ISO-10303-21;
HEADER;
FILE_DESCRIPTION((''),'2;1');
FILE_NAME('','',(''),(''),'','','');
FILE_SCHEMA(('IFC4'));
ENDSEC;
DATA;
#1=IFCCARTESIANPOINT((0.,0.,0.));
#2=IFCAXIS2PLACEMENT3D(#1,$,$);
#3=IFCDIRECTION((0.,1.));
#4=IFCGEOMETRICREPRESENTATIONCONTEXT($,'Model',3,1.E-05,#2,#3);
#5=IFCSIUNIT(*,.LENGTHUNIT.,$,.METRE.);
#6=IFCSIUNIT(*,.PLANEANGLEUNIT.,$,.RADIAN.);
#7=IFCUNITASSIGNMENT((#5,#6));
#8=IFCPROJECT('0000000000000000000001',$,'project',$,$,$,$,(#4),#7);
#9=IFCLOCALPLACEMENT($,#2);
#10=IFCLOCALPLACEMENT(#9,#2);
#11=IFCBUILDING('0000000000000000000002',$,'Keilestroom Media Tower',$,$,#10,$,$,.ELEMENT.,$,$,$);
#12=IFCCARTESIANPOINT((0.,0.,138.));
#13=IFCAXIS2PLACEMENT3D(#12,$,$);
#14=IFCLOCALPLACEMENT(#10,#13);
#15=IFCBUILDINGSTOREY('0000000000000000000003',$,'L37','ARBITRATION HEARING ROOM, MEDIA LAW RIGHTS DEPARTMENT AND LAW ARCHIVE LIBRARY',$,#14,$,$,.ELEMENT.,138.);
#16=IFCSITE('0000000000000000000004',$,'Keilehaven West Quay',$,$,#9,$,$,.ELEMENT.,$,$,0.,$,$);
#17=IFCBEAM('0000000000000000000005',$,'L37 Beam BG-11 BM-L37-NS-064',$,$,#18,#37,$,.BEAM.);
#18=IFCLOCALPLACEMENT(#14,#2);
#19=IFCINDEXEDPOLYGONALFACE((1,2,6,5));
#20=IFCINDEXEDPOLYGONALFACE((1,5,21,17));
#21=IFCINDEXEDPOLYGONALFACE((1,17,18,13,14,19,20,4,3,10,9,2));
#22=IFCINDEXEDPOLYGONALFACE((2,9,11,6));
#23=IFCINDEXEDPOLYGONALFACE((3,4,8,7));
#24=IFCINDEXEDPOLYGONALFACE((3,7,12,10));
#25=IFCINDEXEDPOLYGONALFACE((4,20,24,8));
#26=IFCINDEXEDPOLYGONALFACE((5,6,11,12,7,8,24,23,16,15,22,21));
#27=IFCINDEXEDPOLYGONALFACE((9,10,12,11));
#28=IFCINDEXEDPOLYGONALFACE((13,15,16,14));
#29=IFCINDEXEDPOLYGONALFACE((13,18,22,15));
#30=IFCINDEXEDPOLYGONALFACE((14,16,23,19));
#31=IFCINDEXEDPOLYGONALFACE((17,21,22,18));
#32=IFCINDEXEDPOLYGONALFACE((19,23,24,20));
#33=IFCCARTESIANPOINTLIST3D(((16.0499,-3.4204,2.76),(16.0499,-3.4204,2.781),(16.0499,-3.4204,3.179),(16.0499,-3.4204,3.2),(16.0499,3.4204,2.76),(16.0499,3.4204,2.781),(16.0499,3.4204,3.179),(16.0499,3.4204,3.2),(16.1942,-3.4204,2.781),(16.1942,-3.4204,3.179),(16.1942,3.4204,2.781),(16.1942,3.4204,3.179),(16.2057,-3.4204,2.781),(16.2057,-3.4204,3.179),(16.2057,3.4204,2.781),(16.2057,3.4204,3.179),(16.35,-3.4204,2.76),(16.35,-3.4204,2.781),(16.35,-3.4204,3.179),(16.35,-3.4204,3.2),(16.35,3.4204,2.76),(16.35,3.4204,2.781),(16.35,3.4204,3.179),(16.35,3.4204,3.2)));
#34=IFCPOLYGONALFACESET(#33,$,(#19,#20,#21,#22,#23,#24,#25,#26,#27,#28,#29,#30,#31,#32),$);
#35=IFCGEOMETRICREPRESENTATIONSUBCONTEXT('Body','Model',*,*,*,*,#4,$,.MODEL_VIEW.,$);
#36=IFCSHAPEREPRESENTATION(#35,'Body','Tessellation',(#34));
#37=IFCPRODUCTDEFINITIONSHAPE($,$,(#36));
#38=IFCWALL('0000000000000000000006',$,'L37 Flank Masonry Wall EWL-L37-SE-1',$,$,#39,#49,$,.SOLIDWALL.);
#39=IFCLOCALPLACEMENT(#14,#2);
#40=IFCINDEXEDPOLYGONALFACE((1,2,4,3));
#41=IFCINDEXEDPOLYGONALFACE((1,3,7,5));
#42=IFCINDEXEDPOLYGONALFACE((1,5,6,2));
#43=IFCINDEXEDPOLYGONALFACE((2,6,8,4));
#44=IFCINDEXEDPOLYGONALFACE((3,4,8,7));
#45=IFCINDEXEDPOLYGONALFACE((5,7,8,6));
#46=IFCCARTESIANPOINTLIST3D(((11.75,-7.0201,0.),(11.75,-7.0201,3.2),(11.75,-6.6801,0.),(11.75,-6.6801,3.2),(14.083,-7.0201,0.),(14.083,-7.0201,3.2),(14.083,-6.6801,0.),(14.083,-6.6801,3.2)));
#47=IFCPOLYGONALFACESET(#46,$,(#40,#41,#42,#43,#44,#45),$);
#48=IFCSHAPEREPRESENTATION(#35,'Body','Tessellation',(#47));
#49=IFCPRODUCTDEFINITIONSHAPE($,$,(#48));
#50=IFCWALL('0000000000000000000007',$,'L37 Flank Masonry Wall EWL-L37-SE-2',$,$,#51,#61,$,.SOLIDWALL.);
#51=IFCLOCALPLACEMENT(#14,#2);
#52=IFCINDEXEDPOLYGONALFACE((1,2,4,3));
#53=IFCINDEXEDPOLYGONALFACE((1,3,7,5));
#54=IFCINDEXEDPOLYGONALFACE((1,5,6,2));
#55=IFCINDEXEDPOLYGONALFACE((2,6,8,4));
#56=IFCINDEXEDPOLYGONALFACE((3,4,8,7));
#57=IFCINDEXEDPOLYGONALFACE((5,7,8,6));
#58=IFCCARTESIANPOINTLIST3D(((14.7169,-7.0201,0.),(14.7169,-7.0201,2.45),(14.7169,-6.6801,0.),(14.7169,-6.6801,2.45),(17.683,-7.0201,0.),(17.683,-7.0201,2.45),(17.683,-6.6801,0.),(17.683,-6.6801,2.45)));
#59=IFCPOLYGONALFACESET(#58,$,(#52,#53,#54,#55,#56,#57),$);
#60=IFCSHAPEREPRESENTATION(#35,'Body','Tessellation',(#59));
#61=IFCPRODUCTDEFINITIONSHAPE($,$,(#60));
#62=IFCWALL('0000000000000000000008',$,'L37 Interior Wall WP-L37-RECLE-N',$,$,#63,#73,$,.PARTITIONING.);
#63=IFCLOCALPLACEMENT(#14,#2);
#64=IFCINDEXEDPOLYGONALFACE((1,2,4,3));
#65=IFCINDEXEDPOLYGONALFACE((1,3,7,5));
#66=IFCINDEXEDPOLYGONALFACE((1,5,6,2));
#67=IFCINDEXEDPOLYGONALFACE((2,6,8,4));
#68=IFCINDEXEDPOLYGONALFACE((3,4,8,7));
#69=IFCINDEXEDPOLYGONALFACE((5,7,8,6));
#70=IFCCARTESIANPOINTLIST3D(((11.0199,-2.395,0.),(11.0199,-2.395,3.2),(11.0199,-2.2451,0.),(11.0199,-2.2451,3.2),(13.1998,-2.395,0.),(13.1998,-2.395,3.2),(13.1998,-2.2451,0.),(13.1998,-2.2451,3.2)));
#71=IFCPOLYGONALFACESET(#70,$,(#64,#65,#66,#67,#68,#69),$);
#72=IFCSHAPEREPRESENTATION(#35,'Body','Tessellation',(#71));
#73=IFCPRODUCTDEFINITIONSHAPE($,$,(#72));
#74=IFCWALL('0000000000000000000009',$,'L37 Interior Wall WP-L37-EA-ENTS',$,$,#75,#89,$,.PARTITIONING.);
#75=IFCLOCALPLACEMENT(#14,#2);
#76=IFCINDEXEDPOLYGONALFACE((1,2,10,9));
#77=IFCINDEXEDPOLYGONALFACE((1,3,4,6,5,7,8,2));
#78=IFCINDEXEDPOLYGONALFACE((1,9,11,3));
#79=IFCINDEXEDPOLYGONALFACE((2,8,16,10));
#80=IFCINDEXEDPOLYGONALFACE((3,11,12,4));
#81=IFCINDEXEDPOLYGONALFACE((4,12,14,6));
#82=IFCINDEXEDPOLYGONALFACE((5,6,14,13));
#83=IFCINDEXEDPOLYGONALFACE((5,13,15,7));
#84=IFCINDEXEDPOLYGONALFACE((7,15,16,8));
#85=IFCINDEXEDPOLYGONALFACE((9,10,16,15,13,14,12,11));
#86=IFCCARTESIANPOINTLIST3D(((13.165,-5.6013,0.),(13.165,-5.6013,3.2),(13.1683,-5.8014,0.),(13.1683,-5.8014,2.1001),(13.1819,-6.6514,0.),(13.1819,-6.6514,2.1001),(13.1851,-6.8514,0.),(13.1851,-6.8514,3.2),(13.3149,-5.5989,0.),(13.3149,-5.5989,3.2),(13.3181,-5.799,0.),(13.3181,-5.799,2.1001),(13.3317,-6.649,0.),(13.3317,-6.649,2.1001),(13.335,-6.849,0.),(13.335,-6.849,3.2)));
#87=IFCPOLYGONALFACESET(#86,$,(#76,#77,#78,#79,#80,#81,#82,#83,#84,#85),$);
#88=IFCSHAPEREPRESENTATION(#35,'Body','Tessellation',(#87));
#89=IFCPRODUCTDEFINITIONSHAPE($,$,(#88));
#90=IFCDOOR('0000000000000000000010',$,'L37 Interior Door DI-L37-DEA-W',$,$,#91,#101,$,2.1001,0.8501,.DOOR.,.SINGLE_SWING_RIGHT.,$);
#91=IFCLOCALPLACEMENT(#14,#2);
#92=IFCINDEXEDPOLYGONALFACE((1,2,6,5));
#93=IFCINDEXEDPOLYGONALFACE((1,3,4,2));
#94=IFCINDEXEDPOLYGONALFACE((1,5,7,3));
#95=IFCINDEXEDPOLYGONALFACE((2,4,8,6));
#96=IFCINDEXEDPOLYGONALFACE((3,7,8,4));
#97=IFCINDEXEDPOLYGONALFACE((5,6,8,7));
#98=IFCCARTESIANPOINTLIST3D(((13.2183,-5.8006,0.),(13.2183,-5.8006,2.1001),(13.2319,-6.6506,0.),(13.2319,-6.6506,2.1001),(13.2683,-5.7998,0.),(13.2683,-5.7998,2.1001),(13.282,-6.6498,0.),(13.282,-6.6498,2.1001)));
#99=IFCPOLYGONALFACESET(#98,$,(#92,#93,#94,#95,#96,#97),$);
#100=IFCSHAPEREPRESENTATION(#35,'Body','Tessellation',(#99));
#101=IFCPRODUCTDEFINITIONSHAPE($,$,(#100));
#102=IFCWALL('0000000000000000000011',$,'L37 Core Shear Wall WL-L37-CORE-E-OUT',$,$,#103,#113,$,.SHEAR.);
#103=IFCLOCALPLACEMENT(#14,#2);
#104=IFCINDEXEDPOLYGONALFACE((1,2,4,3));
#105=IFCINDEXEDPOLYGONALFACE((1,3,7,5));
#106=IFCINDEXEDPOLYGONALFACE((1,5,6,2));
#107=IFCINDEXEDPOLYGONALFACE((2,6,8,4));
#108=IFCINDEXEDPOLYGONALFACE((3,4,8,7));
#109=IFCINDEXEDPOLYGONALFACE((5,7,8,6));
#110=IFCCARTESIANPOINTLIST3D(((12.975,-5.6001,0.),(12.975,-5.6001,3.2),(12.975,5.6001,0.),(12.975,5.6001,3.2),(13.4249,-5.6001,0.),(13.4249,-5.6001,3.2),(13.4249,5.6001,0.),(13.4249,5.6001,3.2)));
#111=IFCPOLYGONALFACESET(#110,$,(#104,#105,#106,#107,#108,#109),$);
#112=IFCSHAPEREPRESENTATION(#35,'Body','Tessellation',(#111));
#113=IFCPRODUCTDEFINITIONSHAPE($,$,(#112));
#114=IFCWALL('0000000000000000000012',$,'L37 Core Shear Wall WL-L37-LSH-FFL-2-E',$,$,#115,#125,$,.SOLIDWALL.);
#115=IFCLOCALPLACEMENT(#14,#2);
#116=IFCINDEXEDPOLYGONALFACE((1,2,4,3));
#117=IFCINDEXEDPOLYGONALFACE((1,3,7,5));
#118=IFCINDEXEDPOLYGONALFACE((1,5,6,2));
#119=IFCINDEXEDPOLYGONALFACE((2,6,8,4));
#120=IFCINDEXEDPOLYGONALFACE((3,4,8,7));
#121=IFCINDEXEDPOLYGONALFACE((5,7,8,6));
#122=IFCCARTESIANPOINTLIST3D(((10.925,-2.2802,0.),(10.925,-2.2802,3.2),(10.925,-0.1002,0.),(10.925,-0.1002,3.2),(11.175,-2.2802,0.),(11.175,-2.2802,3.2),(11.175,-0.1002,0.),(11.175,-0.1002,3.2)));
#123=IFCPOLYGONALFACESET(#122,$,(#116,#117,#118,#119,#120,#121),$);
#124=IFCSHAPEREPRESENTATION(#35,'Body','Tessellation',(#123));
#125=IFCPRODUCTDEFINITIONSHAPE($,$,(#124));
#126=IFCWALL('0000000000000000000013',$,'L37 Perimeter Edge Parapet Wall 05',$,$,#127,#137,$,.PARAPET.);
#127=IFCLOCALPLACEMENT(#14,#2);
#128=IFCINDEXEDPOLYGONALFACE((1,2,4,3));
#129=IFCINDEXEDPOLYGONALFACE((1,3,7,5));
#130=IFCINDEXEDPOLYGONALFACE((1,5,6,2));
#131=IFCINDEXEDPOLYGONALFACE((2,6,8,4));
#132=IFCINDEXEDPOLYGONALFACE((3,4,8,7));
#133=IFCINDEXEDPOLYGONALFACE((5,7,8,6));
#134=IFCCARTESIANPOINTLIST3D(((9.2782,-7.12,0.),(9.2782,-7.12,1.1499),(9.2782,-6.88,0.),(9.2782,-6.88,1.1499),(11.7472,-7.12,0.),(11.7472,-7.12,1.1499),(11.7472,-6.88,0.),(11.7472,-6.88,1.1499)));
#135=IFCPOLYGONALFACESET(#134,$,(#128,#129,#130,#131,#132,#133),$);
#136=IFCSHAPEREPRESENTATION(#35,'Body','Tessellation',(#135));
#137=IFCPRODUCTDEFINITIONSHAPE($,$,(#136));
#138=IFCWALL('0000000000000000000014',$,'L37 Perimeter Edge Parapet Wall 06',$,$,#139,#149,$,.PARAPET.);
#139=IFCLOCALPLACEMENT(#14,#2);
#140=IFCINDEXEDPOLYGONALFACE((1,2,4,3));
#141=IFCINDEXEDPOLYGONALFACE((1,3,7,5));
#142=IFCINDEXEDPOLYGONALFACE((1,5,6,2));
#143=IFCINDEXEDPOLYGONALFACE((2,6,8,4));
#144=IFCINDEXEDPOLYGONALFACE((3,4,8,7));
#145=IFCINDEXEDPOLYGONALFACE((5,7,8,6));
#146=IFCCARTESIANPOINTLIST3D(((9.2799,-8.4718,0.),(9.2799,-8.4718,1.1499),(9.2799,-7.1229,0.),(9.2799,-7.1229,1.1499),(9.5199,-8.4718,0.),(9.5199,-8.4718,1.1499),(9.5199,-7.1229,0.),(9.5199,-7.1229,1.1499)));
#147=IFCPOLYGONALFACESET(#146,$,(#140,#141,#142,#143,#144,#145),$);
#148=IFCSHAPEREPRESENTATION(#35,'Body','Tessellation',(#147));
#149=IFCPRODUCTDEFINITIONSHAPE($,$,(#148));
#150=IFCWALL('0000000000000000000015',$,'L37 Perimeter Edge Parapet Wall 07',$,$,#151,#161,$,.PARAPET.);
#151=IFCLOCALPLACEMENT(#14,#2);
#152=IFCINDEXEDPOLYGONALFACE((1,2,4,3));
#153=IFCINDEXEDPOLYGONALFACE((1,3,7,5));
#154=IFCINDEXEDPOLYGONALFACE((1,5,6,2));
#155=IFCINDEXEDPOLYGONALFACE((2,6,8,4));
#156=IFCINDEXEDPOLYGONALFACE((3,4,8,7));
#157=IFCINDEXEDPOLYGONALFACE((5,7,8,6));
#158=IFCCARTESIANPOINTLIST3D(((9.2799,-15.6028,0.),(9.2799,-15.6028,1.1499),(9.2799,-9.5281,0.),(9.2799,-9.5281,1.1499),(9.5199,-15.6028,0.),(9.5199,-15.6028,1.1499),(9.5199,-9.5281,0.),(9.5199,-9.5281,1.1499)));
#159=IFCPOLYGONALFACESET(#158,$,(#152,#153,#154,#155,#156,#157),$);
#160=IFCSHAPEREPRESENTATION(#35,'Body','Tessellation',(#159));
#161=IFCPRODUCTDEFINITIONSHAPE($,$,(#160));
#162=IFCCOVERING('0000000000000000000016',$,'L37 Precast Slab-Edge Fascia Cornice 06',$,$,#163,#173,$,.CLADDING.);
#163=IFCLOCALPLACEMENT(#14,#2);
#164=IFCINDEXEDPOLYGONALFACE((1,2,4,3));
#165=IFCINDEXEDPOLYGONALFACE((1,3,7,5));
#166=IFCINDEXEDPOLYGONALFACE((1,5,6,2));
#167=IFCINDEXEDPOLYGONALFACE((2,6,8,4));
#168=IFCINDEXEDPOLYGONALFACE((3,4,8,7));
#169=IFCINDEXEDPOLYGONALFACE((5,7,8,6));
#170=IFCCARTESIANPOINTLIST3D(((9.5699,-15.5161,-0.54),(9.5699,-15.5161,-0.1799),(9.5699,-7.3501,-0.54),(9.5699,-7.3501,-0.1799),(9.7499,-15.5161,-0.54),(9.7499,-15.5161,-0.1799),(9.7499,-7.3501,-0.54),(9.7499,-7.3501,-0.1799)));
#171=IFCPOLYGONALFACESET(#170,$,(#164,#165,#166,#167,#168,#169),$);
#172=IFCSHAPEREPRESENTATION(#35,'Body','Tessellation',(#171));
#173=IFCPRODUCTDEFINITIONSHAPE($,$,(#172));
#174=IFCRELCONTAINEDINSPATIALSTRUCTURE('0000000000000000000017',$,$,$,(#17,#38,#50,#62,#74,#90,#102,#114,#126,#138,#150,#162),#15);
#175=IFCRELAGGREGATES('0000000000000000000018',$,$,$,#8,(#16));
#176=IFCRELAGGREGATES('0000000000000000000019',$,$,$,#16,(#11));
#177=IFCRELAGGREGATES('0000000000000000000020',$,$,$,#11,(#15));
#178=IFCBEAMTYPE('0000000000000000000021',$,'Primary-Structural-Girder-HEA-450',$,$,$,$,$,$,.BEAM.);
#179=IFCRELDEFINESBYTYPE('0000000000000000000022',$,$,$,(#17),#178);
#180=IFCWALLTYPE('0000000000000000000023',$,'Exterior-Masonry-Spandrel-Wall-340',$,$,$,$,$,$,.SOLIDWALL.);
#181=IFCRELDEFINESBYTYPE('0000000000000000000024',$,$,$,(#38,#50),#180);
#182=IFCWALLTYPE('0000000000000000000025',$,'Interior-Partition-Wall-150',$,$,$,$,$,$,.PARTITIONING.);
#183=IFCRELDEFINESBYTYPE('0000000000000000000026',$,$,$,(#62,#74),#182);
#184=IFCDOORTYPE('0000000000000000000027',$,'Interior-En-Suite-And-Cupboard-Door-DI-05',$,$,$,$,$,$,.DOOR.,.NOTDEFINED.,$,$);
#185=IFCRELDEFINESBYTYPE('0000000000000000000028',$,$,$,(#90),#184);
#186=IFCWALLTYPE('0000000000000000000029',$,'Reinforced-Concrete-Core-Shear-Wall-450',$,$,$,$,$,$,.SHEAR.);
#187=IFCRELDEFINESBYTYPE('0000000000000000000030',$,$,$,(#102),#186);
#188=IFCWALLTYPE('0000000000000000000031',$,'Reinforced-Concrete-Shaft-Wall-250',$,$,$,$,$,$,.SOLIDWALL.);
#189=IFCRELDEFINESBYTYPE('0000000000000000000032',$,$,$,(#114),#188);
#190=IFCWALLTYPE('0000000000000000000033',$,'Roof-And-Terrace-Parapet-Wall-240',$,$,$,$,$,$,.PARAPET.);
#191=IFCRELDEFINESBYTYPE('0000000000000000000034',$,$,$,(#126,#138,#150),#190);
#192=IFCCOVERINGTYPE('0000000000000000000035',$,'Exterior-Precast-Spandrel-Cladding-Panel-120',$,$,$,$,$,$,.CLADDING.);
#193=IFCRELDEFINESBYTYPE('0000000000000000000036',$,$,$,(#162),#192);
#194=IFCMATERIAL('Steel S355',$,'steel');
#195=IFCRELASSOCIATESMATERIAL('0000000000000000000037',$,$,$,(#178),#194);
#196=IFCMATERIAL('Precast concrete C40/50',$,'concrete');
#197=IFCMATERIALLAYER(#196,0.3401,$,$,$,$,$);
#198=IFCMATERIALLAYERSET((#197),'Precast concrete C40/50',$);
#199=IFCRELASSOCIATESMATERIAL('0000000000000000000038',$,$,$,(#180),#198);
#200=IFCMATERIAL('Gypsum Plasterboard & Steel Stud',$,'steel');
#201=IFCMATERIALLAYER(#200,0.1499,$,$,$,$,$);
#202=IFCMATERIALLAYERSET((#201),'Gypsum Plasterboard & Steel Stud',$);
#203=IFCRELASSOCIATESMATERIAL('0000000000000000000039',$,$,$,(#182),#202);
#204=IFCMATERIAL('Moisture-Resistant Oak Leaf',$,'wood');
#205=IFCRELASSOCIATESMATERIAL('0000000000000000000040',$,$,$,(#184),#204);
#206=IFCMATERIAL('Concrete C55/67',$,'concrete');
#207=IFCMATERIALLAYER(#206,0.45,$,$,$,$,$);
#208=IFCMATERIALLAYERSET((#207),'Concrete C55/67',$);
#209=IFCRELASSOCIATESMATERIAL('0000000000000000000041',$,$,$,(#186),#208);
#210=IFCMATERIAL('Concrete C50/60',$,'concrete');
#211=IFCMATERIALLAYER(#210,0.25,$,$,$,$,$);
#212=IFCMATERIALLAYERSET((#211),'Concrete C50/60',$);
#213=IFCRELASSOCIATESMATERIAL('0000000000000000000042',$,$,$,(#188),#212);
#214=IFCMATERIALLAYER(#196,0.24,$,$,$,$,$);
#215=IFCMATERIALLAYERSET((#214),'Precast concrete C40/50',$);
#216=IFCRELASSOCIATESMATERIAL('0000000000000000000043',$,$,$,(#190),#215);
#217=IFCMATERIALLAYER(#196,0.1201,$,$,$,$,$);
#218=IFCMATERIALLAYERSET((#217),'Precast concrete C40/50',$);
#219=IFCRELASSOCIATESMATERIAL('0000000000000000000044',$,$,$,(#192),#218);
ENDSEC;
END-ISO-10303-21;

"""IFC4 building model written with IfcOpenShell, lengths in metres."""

from ifc_helpers import new_model, si_unit, direction, frame, frame_2d, origin, origin_2d, place, context, subcontext, project, spatial, rectangle, i_section, extrude, source, transform, mapped, material, layer, layer_set, material_profile, profile_set, type_object, element, fill, save


model = new_model("IFC4")

# Units and contexts
model_context = context("Model", 3, precision=1e-05, world=origin(), true_north=direction((0.0, 1.0)))
body_context = subcontext(model_context, "Body", "Model", "MODEL_VIEW")
ifc_project = project(units=[si_unit("LENGTHUNIT", "METRE"), si_unit("PLANEANGLEUNIT", "RADIAN")], contexts=[model_context])

# Site, building, storey
site_placement = place(None, origin())
site = spatial("IfcSite", under=ifc_project, at=site_placement, Name="Keilehaven West Quay", CompositionType="ELEMENT", RefElevation=0.0)
building_placement = place(site_placement, origin())
building = spatial("IfcBuilding", under=site, at=building_placement, Name="Keilestroom Media Tower", CompositionType="ELEMENT")
storey_placement = place(building_placement, frame((0.0, 0.0, 138.0)))
storey = spatial("IfcBuildingStorey", under=building, at=storey_placement, Name="L37", Description="ARBITRATION HEARING ROOM, MEDIA LAW RIGHTS DEPARTMENT AND LAW ARCHIVE LIBRARY", CompositionType="ELEMENT", Elevation=138.0)

# Shared definitions
ifc_material_1 = material(Name="Precast concrete C40/50", Category="concrete")
ifc_material_2 = material(Name="Steel S355", Category="steel")
ifc_material_3 = material(Name="Concrete C55/67", Category="concrete")

# Beam
ifc_material_profile_1 = material_profile(ifc_material_2, i_section(OverallWidth=0.3, OverallDepth=0.4399, WebThickness=0.0115, FlangeThickness=0.021, at=origin_2d()), Name="HEA 450")
ifc_profile_set_1 = profile_set([ifc_material_profile_1], Name="Steel S355")
beam_type_1 = type_object("IfcBeamType", Name="Primary-Structural-Girder-HEA-450", PredefinedType="BEAM", material=ifc_profile_set_1)
shared_shape_1 = source(origin(), body_context, "Body", "SweptSolid", [
    extrude(i_section(OverallWidth=0.3, OverallDepth=0.4399, WebThickness=0.0115, FlangeThickness=0.021, at=origin_2d()), origin(), (0.0, 0.0, 1.0), 6.8408),
])
for number, where, z_axis, x_axis, name in (
    (1, (16.2, -3.4204, 2.98), (0.0, 1.0, 0.0), (-1.0, 0.0, 0.0), "L37 Beam BG-11 BM-L37-NS-064"),
):
    element("IfcBeam", number, at=place(storey_placement, frame(where, z_axis=z_axis, x_axis=x_axis)), inside=storey, type_object=beam_type_1, Name=name, PredefinedType="BEAM", context=body_context, shape_type="MappedRepresentation", body=[
        mapped(shared_shape_1, transform((0.0, 0.0, 0.0), x_axis=(1.0, 0.0, 0.0), y_axis=(0.0, 1.0, 0.0), z_axis=(0.0, 0.0, 1.0), scale=1.0)),
    ])

# Walls
ifc_layer_1 = layer(ifc_material_1, 0.3401)
ifc_layer_set_1 = layer_set([ifc_layer_1], Name="Precast concrete C40/50")
wall_type_1 = type_object("IfcWallType", Name="Exterior-Masonry-Spandrel-Wall-340", PredefinedType="SOLIDWALL", material=ifc_layer_set_1)
wall_1_placement = place(storey_placement, frame((11.75, -6.8501, 0.0), z_axis=(0.0, 0.0, 1.0), x_axis=(1.0, 0.0, 0.0)))
element("IfcWall", 2, at=wall_1_placement, inside=storey, type_object=wall_type_1, Name="L37 Flank Masonry Wall EWL-L37-SE-1", PredefinedType="SOLIDWALL", context=body_context, shape_type="SweptSolid", body=[
    extrude(rectangle(XDim=2.333, YDim=0.3401, at=frame_2d((1.1665, 0.0))), origin(), (0.0, 0.0, 1.0), 3.2),
])
wall_2_placement = place(storey_placement, frame((14.717, -6.8501, 0.0), z_axis=(0.0, 0.0, 1.0), x_axis=(1.0, 0.0, 0.0)))
element("IfcWall", 3, at=wall_2_placement, inside=storey, type_object=wall_type_1, Name="L37 Flank Masonry Wall EWL-L37-SE-2", PredefinedType="SOLIDWALL", context=body_context, shape_type="SweptSolid", body=[
    extrude(rectangle(XDim=2.9661, YDim=0.3401, at=frame_2d((1.4829, 0.0))), origin(), (0.0, 0.0, 1.0), 2.45),
])
ifc_material_4 = material(Name="Gypsum Plasterboard & Steel Stud", Category="steel")
ifc_layer_2 = layer(ifc_material_4, 0.1499)
ifc_layer_set_2 = layer_set([ifc_layer_2], Name="Gypsum Plasterboard & Steel Stud")
wall_type_2 = type_object("IfcWallType", Name="Interior-Partition-Wall-150", PredefinedType="PARTITIONING", material=ifc_layer_set_2)
wall_3_placement = place(storey_placement, frame((11.02, -2.3201, 0.0), z_axis=(0.0, 0.0, 1.0), x_axis=(1.0, 0.0, 0.0)))
element("IfcWall", 4, at=wall_3_placement, inside=storey, type_object=wall_type_2, Name="L37 Interior Wall WP-L37-RECLE-N", PredefinedType="PARTITIONING", context=body_context, shape_type="SweptSolid", body=[
    extrude(rectangle(XDim=2.1799, YDim=0.1499, at=frame_2d((1.0898, 0.0))), origin(), (0.0, 0.0, 1.0), 3.2),
])

# Wall, opening, door
wall_4_placement = place(storey_placement, frame((13.26, -6.8501, 0.0), z_axis=(0.0, 0.0, 1.0), x_axis=(-0.016014, 0.999872, 0.0)))
wall_4 = element("IfcWall", 5, at=wall_4_placement, inside=storey, type_object=wall_type_2, Name="L37 Interior Wall WP-L37-EA-ENTS", PredefinedType="PARTITIONING", context=body_context, shape_type="SweptSolid", body=[
    extrude(rectangle(XDim=1.2502, YDim=0.1499, at=frame_2d((0.625, 0.0))), origin(), (0.0, 0.0, 1.0), 3.2),
])
opening_placement = place(wall_4_placement, frame((0.2, 0.0, 0.0)))
opening = element("IfcOpeningElement", 6, at=opening_placement, cuts=wall_4, PredefinedType="OPENING", context=body_context, shape_type="SweptSolid", body=[
    extrude(rectangle(XDim=0.8501, YDim=2.1001, at=frame_2d((0.425, 1.05))), frame((0.0, 0.085, 0.0), z_axis=(0.0, -1.0, 0.0), x_axis=(1.0, 0.0, 0.0)), (0.0, 0.0, 1.0), 0.1699),
])
ifc_material_5 = material(Name="Moisture-Resistant Oak Leaf", Category="wood")
door_type = type_object("IfcDoorType", Name="Interior-En-Suite-And-Cupboard-Door-DI-05", OperationType="NOTDEFINED", PredefinedType="DOOR", material=ifc_material_5)
shared_shape_2 = source(origin(), body_context, "Body", "SweptSolid", [
    extrude(rectangle(XDim=0.8501, YDim=2.1001, at=frame_2d((0.425, 1.05))), frame((0.0, 0.0249, 0.0), z_axis=(0.0, -1.0, 0.0), x_axis=(1.0, 0.0, 0.0)), (0.0, 0.0, 1.0), 0.05),
])
door_placement = place(opening_placement, origin())
door = element("IfcDoor", 7, at=door_placement, inside=storey, type_object=door_type, Name="L37 Interior Door DI-L37-DEA-W", OperationType="SINGLE_SWING_RIGHT", OverallHeight=2.1001, OverallWidth=0.8501, PredefinedType="DOOR", context=body_context, shape_type="MappedRepresentation", body=[
    mapped(shared_shape_2, transform((0.0, 0.0, 0.0), x_axis=(1.0, 0.0, 0.0), y_axis=(0.0, 1.0, 0.0), z_axis=(0.0, 0.0, 1.0), scale=1.0)),
])
fill(opening, door)

# Walls
ifc_layer_3 = layer(ifc_material_3, 0.45)
ifc_layer_set_3 = layer_set([ifc_layer_3], Name="Concrete C55/67")
wall_type_3 = type_object("IfcWallType", Name="Reinforced-Concrete-Core-Shear-Wall-450", PredefinedType="SHEAR", material=ifc_layer_set_3)
wall_5_placement = place(storey_placement, frame((13.2, -5.6001, 0.0), z_axis=(0.0, 0.0, 1.0), x_axis=(0.0, 1.0, 0.0)))
element("IfcWall", 8, at=wall_5_placement, inside=storey, type_object=wall_type_3, Name="L37 Core Shear Wall WL-L37-CORE-E-OUT", PredefinedType="SHEAR", context=body_context, shape_type="SweptSolid", body=[
    extrude(rectangle(XDim=11.2002, YDim=0.45, at=frame_2d((5.6001, 0.0))), origin(), (0.0, 0.0, 1.0), 3.2),
])
ifc_material_6 = material(Name="Concrete C50/60", Category="concrete")
ifc_layer_4 = layer(ifc_material_6, 0.25)
ifc_layer_set_4 = layer_set([ifc_layer_4], Name="Concrete C50/60")
wall_type_4 = type_object("IfcWallType", Name="Reinforced-Concrete-Shaft-Wall-250", PredefinedType="SOLIDWALL", material=ifc_layer_set_4)
wall_6_placement = place(storey_placement, frame((11.05, -2.28, 0.0), z_axis=(0.0, 0.0, 1.0), x_axis=(0.0, 1.0, 0.0)))
element("IfcWall", 9, at=wall_6_placement, inside=storey, type_object=wall_type_4, Name="L37 Core Shear Wall WL-L37-LSH-FFL-2-E", PredefinedType="SOLIDWALL", context=body_context, shape_type="SweptSolid", body=[
    extrude(rectangle(XDim=2.1799, YDim=0.25, at=frame_2d((1.0898, 0.0))), origin(), (0.0, 0.0, 1.0), 3.2),
])
ifc_layer_5 = layer(ifc_material_1, 0.24)
ifc_layer_set_5 = layer_set([ifc_layer_5], Name="Precast concrete C40/50")
wall_type_5 = type_object("IfcWallType", Name="Roof-And-Terrace-Parapet-Wall-240", PredefinedType="PARAPET", material=ifc_layer_set_5)
wall_7_placement = place(storey_placement, frame((11.7471, -7.0, 0.0), z_axis=(0.0, 0.0, 1.0), x_axis=(-1.0, 0.0, 0.0)))
element("IfcWall", 10, at=wall_7_placement, inside=storey, type_object=wall_type_5, Name="L37 Perimeter Edge Parapet Wall 05", PredefinedType="PARAPET", context=body_context, shape_type="SweptSolid", body=[
    extrude(rectangle(XDim=2.469, YDim=0.24, at=frame_2d((1.2344, 0.0))), origin(), (0.0, 0.0, 1.0), 1.1499),
])
wall_8_placement = place(storey_placement, frame((9.3999, -7.123, 0.0), z_axis=(0.0, 0.0, 1.0), x_axis=(0.0, -1.0, 0.0)))
element("IfcWall", 11, at=wall_8_placement, inside=storey, type_object=wall_type_5, Name="L37 Perimeter Edge Parapet Wall 06", PredefinedType="PARAPET", context=body_context, shape_type="SweptSolid", body=[
    extrude(rectangle(XDim=1.3489, YDim=0.24, at=frame_2d((0.6743, 0.0))), origin(), (0.0, 0.0, 1.0), 1.1499),
])
wall_9_placement = place(storey_placement, frame((9.3999, -9.5281, 0.0), z_axis=(0.0, 0.0, 1.0), x_axis=(0.0, -1.0, 0.0)))
element("IfcWall", 12, at=wall_9_placement, inside=storey, type_object=wall_type_5, Name="L37 Perimeter Edge Parapet Wall 07", PredefinedType="PARAPET", context=body_context, shape_type="SweptSolid", body=[
    extrude(rectangle(XDim=6.0747, YDim=0.24, at=frame_2d((3.0374, 0.0))), origin(), (0.0, 0.0, 1.0), 1.1499),
])

# Covering
ifc_layer_6 = layer(ifc_material_1, 0.1201)
ifc_layer_set_6 = layer_set([ifc_layer_6], Name="Precast concrete C40/50")
covering_type = type_object("IfcCoveringType", Name="Exterior-Precast-Spandrel-Cladding-Panel-120", PredefinedType="CLADDING", material=ifc_layer_set_6)
shared_shape_3 = source(origin(), body_context, "Body", "SweptSolid", [
    extrude(rectangle(XDim=8.166, YDim=0.1799, at=origin_2d()), origin(), (0.0, 0.0, 1.0), 0.3601),
])
covering_1_placement = place(storey_placement, frame((9.6599, -11.4331, -0.54), z_axis=(0.0, 0.0, 1.0), x_axis=(0.0, -1.0, 0.0)))
element("IfcCovering", 13, at=covering_1_placement, inside=storey, type_object=covering_type, Name="L37 Precast Slab-Edge Fascia Cornice 06", PredefinedType="CLADDING", context=body_context, shape_type="MappedRepresentation", body=[
    mapped(shared_shape_3, transform((0.0, 0.0, 0.0), x_axis=(1.0, 0.0, 0.0), y_axis=(0.0, 1.0, 0.0), z_axis=(0.0, 0.0, 1.0), scale=1.0)),
])

save(model, "model.ifc")
